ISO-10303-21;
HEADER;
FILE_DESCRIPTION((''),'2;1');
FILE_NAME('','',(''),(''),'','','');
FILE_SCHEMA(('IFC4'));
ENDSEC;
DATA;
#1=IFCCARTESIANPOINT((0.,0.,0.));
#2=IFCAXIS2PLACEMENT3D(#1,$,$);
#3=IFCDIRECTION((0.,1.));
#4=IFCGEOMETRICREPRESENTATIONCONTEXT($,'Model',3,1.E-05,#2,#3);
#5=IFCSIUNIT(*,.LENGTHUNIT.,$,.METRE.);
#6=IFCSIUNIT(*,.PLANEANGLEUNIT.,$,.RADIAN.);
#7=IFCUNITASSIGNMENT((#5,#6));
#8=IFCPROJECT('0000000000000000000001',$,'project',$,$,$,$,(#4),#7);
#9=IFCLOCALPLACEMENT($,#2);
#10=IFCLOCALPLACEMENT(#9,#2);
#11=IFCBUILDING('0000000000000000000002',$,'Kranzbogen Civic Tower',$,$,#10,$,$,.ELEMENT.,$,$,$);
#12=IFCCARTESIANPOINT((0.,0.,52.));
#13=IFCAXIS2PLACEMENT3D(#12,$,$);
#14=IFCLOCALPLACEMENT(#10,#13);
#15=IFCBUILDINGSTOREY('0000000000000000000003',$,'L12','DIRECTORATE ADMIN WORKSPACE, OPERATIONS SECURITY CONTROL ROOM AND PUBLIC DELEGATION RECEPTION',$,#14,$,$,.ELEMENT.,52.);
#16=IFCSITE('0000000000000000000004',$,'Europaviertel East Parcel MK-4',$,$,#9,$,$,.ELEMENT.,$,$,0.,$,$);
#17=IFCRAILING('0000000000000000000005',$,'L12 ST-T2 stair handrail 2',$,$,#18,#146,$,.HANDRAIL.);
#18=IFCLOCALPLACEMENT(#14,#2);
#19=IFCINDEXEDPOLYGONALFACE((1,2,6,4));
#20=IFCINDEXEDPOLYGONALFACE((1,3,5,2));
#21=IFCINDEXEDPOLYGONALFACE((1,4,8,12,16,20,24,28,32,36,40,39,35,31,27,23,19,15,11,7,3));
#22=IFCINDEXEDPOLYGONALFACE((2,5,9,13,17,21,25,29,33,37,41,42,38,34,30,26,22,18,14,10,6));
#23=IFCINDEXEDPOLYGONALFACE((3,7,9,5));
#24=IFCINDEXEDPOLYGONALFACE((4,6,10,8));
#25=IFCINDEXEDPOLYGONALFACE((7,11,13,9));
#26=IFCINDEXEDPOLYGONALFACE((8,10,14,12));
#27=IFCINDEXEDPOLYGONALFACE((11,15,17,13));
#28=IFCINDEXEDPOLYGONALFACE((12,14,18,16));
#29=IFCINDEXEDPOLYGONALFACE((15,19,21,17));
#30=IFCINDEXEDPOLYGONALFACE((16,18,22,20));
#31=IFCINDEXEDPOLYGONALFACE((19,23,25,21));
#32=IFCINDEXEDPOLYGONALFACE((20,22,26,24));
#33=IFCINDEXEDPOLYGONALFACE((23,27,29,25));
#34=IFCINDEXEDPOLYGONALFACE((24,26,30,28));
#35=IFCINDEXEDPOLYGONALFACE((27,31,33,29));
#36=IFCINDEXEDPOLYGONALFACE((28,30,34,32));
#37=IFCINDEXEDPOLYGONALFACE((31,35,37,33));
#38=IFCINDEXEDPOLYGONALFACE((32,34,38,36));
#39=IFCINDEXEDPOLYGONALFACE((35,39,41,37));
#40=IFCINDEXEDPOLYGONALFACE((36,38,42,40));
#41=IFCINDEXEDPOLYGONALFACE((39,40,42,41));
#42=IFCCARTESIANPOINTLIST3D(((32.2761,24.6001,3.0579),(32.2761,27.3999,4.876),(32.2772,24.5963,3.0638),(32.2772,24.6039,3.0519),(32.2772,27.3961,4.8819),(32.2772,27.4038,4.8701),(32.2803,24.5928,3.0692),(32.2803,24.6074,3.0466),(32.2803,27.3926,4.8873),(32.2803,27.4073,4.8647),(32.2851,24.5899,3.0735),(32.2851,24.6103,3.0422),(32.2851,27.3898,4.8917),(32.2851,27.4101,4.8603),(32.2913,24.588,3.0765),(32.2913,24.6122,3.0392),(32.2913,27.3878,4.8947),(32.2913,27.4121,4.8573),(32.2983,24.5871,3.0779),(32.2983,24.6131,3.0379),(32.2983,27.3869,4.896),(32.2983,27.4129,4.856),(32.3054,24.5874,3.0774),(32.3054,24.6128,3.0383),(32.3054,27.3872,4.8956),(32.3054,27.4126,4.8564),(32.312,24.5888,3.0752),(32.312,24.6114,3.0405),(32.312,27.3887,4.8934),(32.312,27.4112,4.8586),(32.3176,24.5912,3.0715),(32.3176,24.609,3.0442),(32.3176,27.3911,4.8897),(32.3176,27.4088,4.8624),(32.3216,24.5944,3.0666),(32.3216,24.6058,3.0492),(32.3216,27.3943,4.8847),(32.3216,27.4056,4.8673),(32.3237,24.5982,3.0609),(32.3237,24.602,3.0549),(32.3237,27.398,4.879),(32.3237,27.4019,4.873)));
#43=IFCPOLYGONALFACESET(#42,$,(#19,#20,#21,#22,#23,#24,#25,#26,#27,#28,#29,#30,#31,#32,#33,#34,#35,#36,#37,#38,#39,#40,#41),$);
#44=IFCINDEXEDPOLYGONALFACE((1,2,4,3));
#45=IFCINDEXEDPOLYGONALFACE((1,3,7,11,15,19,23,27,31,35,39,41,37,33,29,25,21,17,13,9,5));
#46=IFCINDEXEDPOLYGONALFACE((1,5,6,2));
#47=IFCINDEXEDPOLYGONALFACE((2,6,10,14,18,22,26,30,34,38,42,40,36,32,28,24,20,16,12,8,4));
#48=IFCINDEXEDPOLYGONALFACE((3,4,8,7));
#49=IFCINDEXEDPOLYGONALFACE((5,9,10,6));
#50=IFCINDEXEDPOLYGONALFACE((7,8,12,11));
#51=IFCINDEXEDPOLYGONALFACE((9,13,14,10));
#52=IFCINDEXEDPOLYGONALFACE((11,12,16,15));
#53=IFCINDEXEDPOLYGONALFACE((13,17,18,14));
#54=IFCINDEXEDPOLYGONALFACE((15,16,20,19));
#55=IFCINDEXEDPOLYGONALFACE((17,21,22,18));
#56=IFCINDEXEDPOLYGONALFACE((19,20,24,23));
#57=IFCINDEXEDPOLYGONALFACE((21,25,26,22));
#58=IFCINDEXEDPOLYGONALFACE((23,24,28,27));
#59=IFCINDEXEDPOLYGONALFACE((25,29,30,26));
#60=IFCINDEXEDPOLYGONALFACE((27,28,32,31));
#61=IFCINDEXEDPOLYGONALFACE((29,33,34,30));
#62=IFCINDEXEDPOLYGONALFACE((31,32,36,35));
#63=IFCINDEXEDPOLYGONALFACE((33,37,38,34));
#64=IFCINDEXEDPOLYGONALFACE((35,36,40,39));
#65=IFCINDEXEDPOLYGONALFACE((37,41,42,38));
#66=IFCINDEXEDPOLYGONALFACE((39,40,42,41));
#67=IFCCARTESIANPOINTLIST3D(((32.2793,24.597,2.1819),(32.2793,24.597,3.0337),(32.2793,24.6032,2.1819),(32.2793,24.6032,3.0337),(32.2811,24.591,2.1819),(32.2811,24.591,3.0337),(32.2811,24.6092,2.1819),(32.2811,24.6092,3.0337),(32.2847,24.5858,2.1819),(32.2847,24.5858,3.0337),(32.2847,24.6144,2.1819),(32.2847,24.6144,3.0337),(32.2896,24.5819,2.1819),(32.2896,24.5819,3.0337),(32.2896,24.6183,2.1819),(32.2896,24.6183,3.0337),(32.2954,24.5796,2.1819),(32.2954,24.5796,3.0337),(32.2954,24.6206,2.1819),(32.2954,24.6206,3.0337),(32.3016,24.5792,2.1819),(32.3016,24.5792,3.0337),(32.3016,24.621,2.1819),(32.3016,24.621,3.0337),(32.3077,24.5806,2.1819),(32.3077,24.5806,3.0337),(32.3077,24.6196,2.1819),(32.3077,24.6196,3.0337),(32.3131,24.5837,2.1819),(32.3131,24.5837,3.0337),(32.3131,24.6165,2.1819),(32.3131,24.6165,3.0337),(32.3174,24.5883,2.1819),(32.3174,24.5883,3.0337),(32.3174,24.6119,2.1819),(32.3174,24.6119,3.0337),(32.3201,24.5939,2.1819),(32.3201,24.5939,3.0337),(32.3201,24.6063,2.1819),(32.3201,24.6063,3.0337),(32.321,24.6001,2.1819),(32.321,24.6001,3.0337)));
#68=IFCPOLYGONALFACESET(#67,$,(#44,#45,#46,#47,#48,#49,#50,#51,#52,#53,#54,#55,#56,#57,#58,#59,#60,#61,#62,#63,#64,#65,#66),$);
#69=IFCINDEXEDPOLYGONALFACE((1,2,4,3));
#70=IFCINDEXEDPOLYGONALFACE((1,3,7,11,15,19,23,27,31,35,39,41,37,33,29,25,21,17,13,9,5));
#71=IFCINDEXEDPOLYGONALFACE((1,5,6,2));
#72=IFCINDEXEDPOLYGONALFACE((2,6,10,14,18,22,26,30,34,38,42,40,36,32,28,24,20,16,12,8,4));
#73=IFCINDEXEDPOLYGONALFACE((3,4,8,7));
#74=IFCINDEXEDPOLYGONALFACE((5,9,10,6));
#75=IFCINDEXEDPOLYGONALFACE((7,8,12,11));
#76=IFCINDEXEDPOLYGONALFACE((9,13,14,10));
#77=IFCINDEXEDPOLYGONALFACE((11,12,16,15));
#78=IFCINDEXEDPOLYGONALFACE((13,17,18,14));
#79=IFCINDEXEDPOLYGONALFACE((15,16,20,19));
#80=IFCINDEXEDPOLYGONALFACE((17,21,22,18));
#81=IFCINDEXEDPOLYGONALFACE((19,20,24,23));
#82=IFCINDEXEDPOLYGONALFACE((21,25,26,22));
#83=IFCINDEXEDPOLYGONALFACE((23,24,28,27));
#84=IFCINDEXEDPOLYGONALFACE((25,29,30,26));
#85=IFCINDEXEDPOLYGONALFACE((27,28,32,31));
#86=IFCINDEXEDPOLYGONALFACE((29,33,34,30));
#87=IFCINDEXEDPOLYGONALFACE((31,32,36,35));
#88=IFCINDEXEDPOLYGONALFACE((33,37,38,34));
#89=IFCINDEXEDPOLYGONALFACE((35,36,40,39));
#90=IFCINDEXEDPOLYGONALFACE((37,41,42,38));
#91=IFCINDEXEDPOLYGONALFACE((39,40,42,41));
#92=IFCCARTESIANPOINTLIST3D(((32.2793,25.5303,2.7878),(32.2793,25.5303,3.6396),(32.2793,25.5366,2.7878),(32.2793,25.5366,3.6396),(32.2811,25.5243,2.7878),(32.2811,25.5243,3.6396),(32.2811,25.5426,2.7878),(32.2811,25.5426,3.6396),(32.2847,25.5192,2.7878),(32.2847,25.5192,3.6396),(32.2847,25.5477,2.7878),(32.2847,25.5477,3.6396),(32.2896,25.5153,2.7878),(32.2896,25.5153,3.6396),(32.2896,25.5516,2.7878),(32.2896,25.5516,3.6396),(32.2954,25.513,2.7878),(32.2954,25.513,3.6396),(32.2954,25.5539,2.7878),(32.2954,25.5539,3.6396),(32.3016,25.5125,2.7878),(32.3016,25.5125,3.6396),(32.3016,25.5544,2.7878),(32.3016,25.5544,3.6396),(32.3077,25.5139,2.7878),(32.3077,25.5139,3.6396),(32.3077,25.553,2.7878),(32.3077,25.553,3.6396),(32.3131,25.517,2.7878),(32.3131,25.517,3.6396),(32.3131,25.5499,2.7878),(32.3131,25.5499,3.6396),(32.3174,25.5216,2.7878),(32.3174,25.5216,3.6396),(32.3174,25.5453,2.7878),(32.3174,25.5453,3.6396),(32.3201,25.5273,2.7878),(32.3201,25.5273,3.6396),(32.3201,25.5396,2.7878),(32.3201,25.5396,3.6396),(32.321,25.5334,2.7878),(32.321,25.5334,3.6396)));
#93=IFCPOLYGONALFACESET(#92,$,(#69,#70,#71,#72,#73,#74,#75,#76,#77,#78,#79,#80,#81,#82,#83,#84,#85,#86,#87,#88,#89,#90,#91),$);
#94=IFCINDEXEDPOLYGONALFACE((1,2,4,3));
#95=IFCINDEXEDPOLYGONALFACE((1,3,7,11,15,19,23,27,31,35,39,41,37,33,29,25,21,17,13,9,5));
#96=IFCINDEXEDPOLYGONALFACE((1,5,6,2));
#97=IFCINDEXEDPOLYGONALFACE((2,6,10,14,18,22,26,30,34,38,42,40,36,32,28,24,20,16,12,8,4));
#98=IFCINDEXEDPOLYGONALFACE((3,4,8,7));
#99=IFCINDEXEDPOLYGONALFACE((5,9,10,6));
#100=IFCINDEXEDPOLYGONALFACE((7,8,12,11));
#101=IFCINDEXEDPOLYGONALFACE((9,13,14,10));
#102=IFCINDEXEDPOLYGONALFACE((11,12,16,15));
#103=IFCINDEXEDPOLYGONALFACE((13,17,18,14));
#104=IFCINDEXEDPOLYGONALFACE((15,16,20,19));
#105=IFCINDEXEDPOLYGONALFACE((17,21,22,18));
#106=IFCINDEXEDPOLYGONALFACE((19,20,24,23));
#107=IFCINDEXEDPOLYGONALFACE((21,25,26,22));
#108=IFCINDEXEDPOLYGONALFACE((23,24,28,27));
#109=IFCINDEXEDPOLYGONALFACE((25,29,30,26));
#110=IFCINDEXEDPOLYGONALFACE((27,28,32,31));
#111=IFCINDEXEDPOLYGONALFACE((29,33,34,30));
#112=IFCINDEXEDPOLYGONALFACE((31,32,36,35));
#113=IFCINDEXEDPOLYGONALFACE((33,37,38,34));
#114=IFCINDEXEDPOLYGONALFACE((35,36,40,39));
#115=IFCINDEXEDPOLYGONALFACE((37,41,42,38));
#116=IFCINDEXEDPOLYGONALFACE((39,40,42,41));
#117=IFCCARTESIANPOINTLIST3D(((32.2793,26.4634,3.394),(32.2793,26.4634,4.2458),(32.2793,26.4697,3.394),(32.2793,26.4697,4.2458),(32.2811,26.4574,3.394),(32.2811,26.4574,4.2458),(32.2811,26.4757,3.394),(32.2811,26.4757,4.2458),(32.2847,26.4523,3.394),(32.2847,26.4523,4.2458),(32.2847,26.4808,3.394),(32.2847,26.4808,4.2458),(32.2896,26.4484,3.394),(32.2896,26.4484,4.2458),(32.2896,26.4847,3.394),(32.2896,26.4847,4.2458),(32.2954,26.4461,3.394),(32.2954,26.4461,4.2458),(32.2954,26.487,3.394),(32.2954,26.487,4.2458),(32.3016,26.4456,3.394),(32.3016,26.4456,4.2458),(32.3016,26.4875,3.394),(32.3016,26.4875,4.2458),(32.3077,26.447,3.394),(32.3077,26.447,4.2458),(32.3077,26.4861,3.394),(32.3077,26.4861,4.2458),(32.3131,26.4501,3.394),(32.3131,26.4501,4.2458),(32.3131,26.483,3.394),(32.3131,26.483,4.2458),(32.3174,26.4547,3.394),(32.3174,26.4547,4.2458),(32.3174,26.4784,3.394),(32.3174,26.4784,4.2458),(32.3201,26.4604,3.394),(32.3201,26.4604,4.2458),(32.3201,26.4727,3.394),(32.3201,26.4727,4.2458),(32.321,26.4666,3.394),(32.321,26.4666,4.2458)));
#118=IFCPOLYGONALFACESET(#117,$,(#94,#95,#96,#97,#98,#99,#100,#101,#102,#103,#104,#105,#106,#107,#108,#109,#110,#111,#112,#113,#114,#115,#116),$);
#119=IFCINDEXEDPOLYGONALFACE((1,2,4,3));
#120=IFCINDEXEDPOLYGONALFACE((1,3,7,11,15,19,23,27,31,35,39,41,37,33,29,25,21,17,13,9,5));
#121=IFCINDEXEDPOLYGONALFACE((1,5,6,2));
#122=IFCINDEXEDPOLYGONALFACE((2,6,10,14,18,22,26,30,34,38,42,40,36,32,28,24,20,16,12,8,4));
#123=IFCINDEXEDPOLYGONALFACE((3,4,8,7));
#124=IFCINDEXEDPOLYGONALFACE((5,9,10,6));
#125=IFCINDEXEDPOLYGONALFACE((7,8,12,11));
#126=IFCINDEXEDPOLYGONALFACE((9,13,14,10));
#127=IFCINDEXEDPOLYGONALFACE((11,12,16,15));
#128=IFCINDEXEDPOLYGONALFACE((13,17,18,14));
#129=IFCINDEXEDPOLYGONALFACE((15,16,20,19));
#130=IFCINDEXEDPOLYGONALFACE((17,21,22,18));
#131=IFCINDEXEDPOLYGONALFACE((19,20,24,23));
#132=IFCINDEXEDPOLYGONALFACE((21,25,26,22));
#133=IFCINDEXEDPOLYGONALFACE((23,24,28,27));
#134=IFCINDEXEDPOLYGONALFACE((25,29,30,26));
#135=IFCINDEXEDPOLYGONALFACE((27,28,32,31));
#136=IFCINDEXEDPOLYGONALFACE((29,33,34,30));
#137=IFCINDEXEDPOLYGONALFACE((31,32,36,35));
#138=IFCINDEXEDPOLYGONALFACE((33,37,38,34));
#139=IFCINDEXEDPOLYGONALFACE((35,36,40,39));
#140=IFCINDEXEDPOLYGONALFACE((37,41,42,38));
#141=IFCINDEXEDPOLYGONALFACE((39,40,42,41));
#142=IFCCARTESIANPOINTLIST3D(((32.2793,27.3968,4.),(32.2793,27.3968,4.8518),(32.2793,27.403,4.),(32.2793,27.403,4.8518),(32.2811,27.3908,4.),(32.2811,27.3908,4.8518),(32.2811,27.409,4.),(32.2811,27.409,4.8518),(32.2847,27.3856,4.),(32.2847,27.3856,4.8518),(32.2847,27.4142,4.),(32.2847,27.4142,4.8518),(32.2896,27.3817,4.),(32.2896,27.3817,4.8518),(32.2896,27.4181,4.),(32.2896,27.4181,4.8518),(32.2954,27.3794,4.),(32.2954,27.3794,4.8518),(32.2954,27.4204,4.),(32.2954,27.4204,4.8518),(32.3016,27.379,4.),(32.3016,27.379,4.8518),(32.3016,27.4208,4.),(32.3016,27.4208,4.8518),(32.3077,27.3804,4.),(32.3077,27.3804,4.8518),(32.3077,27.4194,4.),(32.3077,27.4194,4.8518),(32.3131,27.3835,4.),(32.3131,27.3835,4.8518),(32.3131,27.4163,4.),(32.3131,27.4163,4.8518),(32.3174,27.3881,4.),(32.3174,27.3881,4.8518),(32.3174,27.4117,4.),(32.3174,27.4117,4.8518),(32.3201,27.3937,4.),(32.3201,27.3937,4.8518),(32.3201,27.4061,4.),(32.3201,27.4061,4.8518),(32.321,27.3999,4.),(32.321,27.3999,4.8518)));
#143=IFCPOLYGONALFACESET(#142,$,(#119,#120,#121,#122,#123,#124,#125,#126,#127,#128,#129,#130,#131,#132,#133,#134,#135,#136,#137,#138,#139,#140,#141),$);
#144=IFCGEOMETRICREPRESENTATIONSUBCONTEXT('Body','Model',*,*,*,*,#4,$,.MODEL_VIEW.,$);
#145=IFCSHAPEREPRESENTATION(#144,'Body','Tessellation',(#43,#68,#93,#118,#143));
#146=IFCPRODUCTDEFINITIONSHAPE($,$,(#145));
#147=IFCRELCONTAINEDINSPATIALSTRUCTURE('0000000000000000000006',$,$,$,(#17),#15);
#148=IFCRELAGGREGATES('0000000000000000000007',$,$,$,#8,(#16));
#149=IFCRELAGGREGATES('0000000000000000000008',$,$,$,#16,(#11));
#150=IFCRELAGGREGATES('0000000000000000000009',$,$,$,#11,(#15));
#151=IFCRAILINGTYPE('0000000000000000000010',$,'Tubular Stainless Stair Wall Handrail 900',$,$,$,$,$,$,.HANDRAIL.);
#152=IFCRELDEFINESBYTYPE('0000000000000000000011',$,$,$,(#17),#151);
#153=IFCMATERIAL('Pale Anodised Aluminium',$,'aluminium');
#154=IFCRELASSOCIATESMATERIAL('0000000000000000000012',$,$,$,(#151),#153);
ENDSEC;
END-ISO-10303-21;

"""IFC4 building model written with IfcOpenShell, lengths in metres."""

from ifc_helpers import new_model, si_unit, direction, frame, origin, origin_2d, place, context, subcontext, project, spatial, circle, extrude, material, type_object, element, save


model = new_model("IFC4")

# Units and contexts
model_context = context("Model", 3, precision=1e-05, world=origin(), true_north=direction((0.0, 1.0)))
body_context = subcontext(model_context, "Body", "Model", "MODEL_VIEW")
ifc_project = project(units=[si_unit("LENGTHUNIT", "METRE"), si_unit("PLANEANGLEUNIT", "RADIAN")], contexts=[model_context])

# Site, building, storey
site_placement = place(None, origin())
site = spatial("IfcSite", under=ifc_project, at=site_placement, Name="Europaviertel East Parcel MK-4", CompositionType="ELEMENT", RefElevation=0.0)
building_placement = place(site_placement, origin())
building = spatial("IfcBuilding", under=site, at=building_placement, Name="Kranzbogen Civic Tower", CompositionType="ELEMENT")
storey_placement = place(building_placement, frame((0.0, 0.0, 52.0)))
storey = spatial("IfcBuildingStorey", under=building, at=storey_placement, Name="L12", Description="DIRECTORATE ADMIN WORKSPACE, OPERATIONS SECURITY CONTROL ROOM AND PUBLIC DELEGATION RECEPTION", CompositionType="ELEMENT", Elevation=52.0)

# Shared definitions
ifc_material_1 = material(Name="Pale Anodised Aluminium", Category="aluminium")

# Railing
railing_type_1 = type_object("IfcRailingType", Name="Tubular Stainless Stair Wall Handrail 900", PredefinedType="HANDRAIL", material=ifc_material_1)
railing_1_placement = place(storey_placement, frame((32.3, 24.6001, 2.1819)))
element("IfcRailing", 1, at=railing_1_placement, inside=storey, type_object=railing_type_1, Name="L12 ST-T2 stair handrail 2", PredefinedType="HANDRAIL", context=body_context, shape_type="SweptSolid", body=[
    extrude(circle(Radius=0.0239, at=origin_2d()), frame((0.0, 0.0, 0.876), z_axis=(0.0, 0.838684, 0.544618), x_axis=(-1.0, 0.0, 0.0)), (0.0, 0.0, 1.0), 3.3384),
    extrude(circle(Radius=0.021, at=origin_2d()), origin(), (0.0, 0.0, 1.0), 0.8518),
    extrude(circle(Radius=0.021, at=origin_2d()), frame((0.0, 0.9333, 0.606)), (0.0, 0.0, 1.0), 0.8518),
    extrude(circle(Radius=0.021, at=origin_2d()), frame((0.0, 1.8665, 1.2122)), (0.0, 0.0, 1.0), 0.8518),
    extrude(circle(Radius=0.021, at=origin_2d()), frame((0.0, 2.7998, 1.8181)), (0.0, 0.0, 1.0), 0.8518),
])

save(model, "model.ifc")
